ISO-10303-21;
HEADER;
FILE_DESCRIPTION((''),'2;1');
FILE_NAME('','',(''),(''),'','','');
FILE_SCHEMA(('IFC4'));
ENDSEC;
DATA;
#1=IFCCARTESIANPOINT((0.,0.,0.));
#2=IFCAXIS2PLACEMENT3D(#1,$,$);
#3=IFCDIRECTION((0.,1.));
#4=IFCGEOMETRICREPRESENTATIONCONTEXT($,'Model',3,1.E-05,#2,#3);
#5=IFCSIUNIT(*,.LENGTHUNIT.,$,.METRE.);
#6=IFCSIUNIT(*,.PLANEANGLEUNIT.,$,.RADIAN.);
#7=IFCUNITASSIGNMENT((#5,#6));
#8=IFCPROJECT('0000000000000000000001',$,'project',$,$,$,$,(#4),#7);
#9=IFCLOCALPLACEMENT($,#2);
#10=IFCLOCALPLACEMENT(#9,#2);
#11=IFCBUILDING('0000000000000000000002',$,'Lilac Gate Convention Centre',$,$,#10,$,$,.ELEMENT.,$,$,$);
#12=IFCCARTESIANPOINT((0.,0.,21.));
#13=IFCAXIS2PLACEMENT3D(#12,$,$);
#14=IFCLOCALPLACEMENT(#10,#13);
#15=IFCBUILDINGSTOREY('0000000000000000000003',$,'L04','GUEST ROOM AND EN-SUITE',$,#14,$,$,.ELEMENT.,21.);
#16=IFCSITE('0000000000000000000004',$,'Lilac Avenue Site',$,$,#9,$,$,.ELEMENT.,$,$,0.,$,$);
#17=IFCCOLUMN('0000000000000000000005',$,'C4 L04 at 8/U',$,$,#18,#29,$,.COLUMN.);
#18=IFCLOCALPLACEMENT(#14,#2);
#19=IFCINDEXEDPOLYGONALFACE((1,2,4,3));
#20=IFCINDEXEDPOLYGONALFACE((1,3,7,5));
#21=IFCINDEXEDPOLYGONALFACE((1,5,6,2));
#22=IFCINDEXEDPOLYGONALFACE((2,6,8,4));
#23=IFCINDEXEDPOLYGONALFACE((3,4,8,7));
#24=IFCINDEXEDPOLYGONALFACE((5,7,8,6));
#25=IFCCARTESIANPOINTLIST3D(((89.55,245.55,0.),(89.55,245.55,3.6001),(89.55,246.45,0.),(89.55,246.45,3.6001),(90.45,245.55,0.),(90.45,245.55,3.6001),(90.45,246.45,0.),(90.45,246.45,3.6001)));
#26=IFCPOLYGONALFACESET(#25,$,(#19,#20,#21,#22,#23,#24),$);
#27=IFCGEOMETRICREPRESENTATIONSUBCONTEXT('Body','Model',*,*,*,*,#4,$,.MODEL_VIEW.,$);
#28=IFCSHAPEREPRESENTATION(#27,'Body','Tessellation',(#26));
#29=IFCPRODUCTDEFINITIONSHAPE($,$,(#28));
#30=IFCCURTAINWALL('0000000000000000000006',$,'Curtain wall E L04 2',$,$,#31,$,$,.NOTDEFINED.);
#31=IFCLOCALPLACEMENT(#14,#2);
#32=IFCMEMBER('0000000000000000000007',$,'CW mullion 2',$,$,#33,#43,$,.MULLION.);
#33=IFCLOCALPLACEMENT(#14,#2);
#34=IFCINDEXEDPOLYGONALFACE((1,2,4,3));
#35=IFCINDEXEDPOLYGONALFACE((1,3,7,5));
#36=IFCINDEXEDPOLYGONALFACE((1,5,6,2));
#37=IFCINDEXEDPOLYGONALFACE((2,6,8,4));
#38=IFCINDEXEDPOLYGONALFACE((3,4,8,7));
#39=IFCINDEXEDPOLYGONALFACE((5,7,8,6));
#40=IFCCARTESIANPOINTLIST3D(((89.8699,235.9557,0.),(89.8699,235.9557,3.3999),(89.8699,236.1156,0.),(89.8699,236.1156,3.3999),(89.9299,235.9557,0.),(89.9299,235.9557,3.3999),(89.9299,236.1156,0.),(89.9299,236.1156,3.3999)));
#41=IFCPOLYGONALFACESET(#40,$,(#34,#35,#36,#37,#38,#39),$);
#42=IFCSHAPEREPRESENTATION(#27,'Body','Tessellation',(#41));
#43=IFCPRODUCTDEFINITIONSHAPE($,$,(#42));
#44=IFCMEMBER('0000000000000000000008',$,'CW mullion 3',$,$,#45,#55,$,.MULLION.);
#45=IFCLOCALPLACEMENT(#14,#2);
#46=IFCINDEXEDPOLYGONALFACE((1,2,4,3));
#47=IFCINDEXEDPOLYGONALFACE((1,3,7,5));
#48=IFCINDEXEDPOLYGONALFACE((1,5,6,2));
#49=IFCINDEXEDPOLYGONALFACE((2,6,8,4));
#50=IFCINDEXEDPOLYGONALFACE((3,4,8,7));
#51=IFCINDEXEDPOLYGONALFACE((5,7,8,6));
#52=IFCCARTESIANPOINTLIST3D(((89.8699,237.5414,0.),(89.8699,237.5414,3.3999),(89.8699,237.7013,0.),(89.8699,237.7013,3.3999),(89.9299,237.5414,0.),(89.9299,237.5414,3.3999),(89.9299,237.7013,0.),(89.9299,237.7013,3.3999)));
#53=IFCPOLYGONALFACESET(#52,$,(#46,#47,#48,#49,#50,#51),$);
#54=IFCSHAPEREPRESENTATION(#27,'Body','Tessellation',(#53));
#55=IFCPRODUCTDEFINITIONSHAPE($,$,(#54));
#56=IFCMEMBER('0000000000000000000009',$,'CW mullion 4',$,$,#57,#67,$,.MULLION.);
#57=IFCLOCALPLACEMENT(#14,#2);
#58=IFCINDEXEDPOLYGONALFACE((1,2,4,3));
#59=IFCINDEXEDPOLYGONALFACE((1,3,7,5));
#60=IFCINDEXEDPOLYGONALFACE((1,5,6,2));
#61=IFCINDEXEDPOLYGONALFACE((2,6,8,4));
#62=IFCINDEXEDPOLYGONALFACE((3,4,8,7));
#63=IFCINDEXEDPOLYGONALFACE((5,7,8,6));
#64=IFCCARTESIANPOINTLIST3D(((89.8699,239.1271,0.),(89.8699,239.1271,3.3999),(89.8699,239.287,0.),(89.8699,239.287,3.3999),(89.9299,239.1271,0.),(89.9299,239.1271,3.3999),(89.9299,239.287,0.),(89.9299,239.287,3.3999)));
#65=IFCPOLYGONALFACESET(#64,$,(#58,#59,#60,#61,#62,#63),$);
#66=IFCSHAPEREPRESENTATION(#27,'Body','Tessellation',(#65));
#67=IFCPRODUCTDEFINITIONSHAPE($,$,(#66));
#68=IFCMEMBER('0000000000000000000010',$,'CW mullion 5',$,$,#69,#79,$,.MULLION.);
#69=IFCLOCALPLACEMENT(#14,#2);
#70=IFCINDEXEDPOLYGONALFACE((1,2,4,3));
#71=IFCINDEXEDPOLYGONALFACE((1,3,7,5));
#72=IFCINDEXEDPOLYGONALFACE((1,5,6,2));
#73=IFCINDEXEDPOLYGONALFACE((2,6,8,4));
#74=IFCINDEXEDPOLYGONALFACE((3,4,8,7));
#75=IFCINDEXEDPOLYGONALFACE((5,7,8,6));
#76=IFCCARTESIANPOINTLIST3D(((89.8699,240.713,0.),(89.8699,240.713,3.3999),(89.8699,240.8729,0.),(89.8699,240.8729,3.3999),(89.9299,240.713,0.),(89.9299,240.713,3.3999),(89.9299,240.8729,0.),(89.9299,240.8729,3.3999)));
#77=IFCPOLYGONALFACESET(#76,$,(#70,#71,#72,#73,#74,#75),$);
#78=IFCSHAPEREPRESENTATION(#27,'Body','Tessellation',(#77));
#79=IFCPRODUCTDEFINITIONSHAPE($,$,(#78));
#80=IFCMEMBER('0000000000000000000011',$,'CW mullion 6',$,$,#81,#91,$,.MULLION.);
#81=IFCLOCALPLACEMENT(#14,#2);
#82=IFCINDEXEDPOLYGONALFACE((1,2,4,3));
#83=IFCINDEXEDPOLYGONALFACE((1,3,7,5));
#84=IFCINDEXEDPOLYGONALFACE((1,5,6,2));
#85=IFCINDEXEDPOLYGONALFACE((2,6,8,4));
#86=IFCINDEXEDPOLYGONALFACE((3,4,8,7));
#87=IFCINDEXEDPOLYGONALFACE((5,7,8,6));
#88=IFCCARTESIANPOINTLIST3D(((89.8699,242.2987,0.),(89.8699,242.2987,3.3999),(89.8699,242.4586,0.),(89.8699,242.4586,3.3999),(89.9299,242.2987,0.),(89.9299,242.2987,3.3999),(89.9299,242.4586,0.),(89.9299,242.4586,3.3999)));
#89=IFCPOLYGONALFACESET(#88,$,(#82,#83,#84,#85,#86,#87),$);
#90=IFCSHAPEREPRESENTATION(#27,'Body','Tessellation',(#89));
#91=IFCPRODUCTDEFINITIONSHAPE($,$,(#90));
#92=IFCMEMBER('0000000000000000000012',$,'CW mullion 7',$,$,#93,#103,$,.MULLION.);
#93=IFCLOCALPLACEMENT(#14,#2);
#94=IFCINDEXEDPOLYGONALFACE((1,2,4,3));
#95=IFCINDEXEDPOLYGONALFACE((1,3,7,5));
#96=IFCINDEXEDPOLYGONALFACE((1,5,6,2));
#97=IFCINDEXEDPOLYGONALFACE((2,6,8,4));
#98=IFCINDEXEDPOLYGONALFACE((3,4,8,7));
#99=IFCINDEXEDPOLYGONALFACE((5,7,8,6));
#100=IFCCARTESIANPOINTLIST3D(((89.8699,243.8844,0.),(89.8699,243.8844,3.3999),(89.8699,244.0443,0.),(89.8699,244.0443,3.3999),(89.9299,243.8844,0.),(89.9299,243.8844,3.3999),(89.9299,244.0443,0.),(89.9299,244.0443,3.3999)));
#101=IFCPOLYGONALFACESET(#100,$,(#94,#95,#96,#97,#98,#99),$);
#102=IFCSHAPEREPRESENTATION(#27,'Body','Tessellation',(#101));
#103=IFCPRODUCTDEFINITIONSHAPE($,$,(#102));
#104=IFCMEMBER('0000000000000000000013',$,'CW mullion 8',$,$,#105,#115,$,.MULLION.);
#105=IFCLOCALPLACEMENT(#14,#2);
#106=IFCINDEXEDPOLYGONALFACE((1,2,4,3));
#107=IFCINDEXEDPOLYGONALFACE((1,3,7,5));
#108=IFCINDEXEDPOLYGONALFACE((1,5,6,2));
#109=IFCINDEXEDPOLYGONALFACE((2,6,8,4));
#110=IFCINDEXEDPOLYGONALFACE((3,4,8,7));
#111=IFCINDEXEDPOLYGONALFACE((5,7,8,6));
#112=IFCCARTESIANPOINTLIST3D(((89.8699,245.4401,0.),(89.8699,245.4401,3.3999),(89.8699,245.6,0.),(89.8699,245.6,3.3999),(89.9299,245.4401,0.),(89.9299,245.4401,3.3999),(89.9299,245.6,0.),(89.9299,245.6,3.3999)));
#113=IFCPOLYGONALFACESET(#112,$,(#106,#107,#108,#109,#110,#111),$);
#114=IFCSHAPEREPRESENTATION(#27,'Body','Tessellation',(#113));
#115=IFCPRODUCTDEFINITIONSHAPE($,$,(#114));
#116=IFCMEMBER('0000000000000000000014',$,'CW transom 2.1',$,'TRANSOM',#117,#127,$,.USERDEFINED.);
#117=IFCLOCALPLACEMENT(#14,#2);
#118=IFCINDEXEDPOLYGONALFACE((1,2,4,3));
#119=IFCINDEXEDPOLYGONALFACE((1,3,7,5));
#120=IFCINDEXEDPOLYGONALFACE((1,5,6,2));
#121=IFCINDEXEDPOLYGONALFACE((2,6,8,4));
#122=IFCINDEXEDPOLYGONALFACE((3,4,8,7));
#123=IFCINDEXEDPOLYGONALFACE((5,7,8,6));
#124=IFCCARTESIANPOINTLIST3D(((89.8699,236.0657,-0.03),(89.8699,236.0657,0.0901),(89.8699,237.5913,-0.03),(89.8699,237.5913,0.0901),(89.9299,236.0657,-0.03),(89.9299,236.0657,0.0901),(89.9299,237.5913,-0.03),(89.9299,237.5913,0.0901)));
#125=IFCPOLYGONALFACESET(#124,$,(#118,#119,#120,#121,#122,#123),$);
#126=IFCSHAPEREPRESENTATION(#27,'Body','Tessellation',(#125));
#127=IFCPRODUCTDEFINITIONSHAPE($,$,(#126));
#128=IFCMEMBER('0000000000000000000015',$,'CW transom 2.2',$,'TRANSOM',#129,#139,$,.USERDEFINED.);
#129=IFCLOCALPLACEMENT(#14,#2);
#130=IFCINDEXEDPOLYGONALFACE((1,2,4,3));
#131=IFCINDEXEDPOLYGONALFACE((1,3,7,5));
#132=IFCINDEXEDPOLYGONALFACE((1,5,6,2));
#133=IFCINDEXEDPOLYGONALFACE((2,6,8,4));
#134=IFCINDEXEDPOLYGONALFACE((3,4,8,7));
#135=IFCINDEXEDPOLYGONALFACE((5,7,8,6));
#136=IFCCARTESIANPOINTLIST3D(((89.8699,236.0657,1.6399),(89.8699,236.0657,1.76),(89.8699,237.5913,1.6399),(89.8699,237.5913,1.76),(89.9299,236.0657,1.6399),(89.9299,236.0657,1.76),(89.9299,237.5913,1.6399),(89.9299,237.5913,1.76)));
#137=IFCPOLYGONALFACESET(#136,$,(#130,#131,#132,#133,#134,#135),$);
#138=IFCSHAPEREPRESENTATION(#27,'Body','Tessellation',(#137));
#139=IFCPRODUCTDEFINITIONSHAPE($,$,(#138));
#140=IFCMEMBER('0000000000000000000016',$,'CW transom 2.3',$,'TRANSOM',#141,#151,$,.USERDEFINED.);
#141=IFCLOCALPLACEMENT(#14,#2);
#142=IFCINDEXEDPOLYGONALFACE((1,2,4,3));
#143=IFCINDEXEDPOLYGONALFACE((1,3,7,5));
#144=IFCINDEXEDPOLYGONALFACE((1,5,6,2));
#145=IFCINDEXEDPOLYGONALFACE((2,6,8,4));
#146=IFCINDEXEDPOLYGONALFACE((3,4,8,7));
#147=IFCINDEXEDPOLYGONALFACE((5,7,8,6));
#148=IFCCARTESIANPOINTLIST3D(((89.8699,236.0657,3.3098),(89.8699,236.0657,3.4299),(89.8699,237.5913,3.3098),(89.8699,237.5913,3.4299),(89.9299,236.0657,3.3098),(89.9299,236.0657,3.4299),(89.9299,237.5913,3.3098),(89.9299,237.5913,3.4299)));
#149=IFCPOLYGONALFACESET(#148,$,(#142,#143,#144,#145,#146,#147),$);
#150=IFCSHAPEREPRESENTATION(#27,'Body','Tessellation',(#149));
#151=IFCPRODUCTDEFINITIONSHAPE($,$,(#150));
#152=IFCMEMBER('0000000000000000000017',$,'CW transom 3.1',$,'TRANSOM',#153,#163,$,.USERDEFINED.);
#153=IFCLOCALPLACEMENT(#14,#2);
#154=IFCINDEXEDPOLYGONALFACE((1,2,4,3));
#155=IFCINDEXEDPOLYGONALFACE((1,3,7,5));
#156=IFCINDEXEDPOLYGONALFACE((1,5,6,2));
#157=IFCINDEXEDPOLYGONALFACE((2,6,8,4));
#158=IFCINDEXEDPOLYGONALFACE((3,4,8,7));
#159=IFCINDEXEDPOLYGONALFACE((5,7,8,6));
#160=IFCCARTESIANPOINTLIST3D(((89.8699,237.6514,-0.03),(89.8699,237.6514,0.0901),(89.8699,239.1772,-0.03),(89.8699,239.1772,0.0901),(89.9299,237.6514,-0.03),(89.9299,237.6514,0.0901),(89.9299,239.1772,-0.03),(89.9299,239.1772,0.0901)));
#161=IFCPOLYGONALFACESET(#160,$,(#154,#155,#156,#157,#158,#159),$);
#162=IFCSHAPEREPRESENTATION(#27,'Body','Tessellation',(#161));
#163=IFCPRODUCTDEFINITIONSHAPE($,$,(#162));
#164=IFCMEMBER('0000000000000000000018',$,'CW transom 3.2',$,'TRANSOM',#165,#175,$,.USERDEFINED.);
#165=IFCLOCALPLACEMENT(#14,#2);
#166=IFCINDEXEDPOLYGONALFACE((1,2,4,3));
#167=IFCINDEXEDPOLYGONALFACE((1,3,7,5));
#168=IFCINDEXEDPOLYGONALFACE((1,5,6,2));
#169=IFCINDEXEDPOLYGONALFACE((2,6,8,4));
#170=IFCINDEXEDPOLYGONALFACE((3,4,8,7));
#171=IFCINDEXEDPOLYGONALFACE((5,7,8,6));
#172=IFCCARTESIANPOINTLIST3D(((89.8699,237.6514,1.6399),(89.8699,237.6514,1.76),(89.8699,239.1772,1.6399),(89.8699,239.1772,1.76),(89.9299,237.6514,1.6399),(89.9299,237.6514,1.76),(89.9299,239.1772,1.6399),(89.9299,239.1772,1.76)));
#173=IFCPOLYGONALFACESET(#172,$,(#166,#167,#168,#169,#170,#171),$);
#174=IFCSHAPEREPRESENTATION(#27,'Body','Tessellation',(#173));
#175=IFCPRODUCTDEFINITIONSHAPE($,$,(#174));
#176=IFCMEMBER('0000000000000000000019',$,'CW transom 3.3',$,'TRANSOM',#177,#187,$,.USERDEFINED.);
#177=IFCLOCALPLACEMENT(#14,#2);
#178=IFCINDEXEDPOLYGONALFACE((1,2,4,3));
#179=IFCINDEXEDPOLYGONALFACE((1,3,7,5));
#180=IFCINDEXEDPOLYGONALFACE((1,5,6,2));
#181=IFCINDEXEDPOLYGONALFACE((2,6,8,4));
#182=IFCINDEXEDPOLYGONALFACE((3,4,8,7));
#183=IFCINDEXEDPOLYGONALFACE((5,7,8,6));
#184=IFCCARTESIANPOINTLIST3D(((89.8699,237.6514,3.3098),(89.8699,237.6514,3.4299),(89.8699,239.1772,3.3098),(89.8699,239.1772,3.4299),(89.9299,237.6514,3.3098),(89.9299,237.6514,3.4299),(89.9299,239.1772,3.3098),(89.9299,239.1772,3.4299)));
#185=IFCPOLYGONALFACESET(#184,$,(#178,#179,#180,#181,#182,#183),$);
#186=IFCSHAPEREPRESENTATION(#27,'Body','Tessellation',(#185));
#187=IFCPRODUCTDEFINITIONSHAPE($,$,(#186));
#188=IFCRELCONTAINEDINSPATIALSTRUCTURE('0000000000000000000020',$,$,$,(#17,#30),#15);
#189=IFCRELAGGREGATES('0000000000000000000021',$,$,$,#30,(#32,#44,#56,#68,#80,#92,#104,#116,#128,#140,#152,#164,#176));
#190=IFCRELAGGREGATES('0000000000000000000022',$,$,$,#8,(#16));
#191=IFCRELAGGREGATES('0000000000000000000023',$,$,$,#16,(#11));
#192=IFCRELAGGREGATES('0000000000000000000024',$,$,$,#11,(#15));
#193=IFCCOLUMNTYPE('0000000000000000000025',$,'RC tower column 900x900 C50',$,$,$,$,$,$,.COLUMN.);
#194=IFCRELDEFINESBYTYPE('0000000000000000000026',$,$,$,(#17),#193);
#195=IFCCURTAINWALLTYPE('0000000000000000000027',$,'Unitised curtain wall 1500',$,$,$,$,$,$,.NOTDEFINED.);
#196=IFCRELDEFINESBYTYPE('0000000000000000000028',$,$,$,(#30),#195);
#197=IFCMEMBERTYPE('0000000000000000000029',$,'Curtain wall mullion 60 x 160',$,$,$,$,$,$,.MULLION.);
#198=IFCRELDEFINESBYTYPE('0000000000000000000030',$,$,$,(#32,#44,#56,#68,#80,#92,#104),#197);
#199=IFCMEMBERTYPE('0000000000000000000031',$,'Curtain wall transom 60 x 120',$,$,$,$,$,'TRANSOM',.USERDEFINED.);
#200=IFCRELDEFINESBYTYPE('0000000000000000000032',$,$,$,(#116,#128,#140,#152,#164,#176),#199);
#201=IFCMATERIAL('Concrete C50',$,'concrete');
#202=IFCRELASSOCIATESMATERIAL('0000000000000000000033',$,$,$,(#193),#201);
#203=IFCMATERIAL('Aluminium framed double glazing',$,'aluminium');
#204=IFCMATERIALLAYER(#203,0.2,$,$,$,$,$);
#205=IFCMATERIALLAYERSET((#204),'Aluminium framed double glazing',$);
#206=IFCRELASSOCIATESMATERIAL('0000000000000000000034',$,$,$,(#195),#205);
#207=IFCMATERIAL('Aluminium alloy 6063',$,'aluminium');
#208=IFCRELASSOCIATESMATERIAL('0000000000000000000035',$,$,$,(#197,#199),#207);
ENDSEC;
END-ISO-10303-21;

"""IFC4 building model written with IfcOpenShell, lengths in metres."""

from ifc_helpers import new_model, si_unit, direction, frame, origin, origin_2d, place, context, subcontext, project, spatial, rectangle, extrude, material, layer, layer_set, material_profile, profile_set, type_object, element, aggregate, save


model = new_model("IFC4")

# Units and contexts
model_context = context("Model", 3, precision=1e-05, world=origin(), true_north=direction((0.0, 1.0)))
body_context = subcontext(model_context, "Body", "Model", "MODEL_VIEW")
ifc_project = project(units=[si_unit("LENGTHUNIT", "METRE"), si_unit("PLANEANGLEUNIT", "RADIAN")], contexts=[model_context])

# Site, building, storey
site_placement = place(None, origin())
site = spatial("IfcSite", under=ifc_project, at=site_placement, Name="Lilac Avenue Site", CompositionType="ELEMENT", RefElevation=0.0)
building_placement = place(site_placement, origin())
building = spatial("IfcBuilding", under=site, at=building_placement, Name="Lilac Gate Convention Centre", CompositionType="ELEMENT")
storey_placement = place(building_placement, frame((0.0, 0.0, 21.0)))
storey = spatial("IfcBuildingStorey", under=building, at=storey_placement, Name="L04", Description="GUEST ROOM AND EN-SUITE", CompositionType="ELEMENT", Elevation=21.0)

# Column
ifc_material_1 = material(Name="Concrete C50", Category="concrete")
ifc_material_profile_1 = material_profile(ifc_material_1, rectangle(XDim=0.8999, YDim=0.8999, at=origin_2d()), Name="RC 900x900")
ifc_profile_set_1 = profile_set([ifc_material_profile_1], Name="Concrete C50")
column_type = type_object("IfcColumnType", Name="RC tower column 900x900 C50", PredefinedType="COLUMN", material=ifc_profile_set_1)
column_placement = place(storey_placement, frame((90.0, 246.0, 0.0), z_axis=(0.0, 0.0, 1.0), x_axis=(1.0, 0.0, 0.0)))
element("IfcColumn", 1, at=column_placement, inside=storey, type_object=column_type, Name="C4 L04 at 8/U", PredefinedType="COLUMN", context=body_context, shape_type="SweptSolid", body=[
    extrude(rectangle(XDim=0.8999, YDim=0.8999, at=origin_2d()), origin(), (0.0, 0.0, 1.0), 3.6001),
])

# Curtain wall, members
ifc_material_2 = material(Name="Aluminium framed double glazing", Category="aluminium")
ifc_layer_1 = layer(ifc_material_2, 0.2)
ifc_layer_set_1 = layer_set([ifc_layer_1], Name="Aluminium framed double glazing")
curtain_wall_type = type_object("IfcCurtainWallType", Name="Unitised curtain wall 1500", PredefinedType="NOTDEFINED", material=ifc_layer_set_1)
curtain_wall_placement = place(storey_placement, origin())
curtain_wall = element("IfcCurtainWall", 2, at=curtain_wall_placement, inside=storey, type_object=curtain_wall_type, Name="Curtain wall E L04 2", PredefinedType="NOTDEFINED")
ifc_material_3 = material(Name="Aluminium alloy 6063", Category="aluminium")
ifc_material_profile_2 = material_profile(ifc_material_3, rectangle(XDim=0.0601, YDim=0.1599, at=origin_2d()), Name="Curtain wall mullion 60 x 160")
ifc_profile_set_2 = profile_set([ifc_material_profile_2], Name="Aluminium alloy 6063")
member_type_1 = type_object("IfcMemberType", Name="Curtain wall mullion 60 x 160", PredefinedType="MULLION", material=ifc_profile_set_2)
member_1_placement = place(storey_placement, frame((89.8999, 236.0356, 0.0), z_axis=(0.0, 0.0, 1.0), x_axis=(-1.0, 0.0, 0.0)))
member_1 = element("IfcMember", 3, at=member_1_placement, type_object=member_type_1, Name="CW mullion 2", PredefinedType="MULLION", context=body_context, shape_type="SweptSolid", body=[
    extrude(rectangle(XDim=0.0601, YDim=0.1599, at=origin_2d()), origin(), (0.0, 0.0, 1.0), 3.3999),
])
member_2_placement = place(storey_placement, frame((89.8999, 237.6213, 0.0), z_axis=(0.0, 0.0, 1.0), x_axis=(-1.0, 0.0, 0.0)))
member_2 = element("IfcMember", 4, at=member_2_placement, type_object=member_type_1, Name="CW mullion 3", PredefinedType="MULLION", context=body_context, shape_type="SweptSolid", body=[
    extrude(rectangle(XDim=0.0601, YDim=0.1599, at=origin_2d()), origin(), (0.0, 0.0, 1.0), 3.3999),
])
member_3_placement = place(storey_placement, frame((89.8999, 239.207, 0.0), z_axis=(0.0, 0.0, 1.0), x_axis=(-1.0, 0.0, 0.0)))
member_3 = element("IfcMember", 5, at=member_3_placement, type_object=member_type_1, Name="CW mullion 4", PredefinedType="MULLION", context=body_context, shape_type="SweptSolid", body=[
    extrude(rectangle(XDim=0.0601, YDim=0.1599, at=origin_2d()), origin(), (0.0, 0.0, 1.0), 3.3999),
])
member_4_placement = place(storey_placement, frame((89.8999, 240.793, 0.0), z_axis=(0.0, 0.0, 1.0), x_axis=(-1.0, 0.0, 0.0)))
member_4 = element("IfcMember", 6, at=member_4_placement, type_object=member_type_1, Name="CW mullion 5", PredefinedType="MULLION", context=body_context, shape_type="SweptSolid", body=[
    extrude(rectangle(XDim=0.0601, YDim=0.1599, at=origin_2d()), origin(), (0.0, 0.0, 1.0), 3.3999),
])
member_5_placement = place(storey_placement, frame((89.8999, 242.3787, 0.0), z_axis=(0.0, 0.0, 1.0), x_axis=(-1.0, 0.0, 0.0)))
member_5 = element("IfcMember", 7, at=member_5_placement, type_object=member_type_1, Name="CW mullion 6", PredefinedType="MULLION", context=body_context, shape_type="SweptSolid", body=[
    extrude(rectangle(XDim=0.0601, YDim=0.1599, at=origin_2d()), origin(), (0.0, 0.0, 1.0), 3.3999),
])
member_6_placement = place(storey_placement, frame((89.8999, 243.9644, 0.0), z_axis=(0.0, 0.0, 1.0), x_axis=(-1.0, 0.0, 0.0)))
member_6 = element("IfcMember", 8, at=member_6_placement, type_object=member_type_1, Name="CW mullion 7", PredefinedType="MULLION", context=body_context, shape_type="SweptSolid", body=[
    extrude(rectangle(XDim=0.0601, YDim=0.1599, at=origin_2d()), origin(), (0.0, 0.0, 1.0), 3.3999),
])
member_7_placement = place(storey_placement, frame((89.8999, 245.52, 0.0), z_axis=(0.0, 0.0, 1.0), x_axis=(-1.0, 0.0, 0.0)))
member_7 = element("IfcMember", 9, at=member_7_placement, type_object=member_type_1, Name="CW mullion 8", PredefinedType="MULLION", context=body_context, shape_type="SweptSolid", body=[
    extrude(rectangle(XDim=0.0601, YDim=0.1599, at=origin_2d()), origin(), (0.0, 0.0, 1.0), 3.3999),
])
ifc_material_profile_3 = material_profile(ifc_material_3, rectangle(XDim=0.0601, YDim=0.1201, at=origin_2d()), Name="Curtain wall transom 60 x 120")
ifc_profile_set_3 = profile_set([ifc_material_profile_3], Name="Aluminium alloy 6063")
member_type_2 = type_object("IfcMemberType", Name="Curtain wall transom 60 x 120", ElementType="TRANSOM", PredefinedType="USERDEFINED", material=ifc_profile_set_3)
member_8_placement = place(storey_placement, frame((89.8999, 236.0657, 0.03), z_axis=(0.0, 1.0, 0.0), x_axis=(-1.0, 0.0, 0.0)))
member_8 = element("IfcMember", 10, at=member_8_placement, type_object=member_type_2, Name="CW transom 2.1", ObjectType="TRANSOM", PredefinedType="USERDEFINED", context=body_context, shape_type="SweptSolid", body=[
    extrude(rectangle(XDim=0.0601, YDim=0.1201, at=origin_2d()), origin(), (0.0, 0.0, 1.0), 1.5256),
])
member_9_placement = place(storey_placement, frame((89.8999, 236.0657, 1.7), z_axis=(0.0, 1.0, 0.0), x_axis=(-1.0, 0.0, 0.0)))
member_9 = element("IfcMember", 11, at=member_9_placement, type_object=member_type_2, Name="CW transom 2.2", ObjectType="TRANSOM", PredefinedType="USERDEFINED", context=body_context, shape_type="SweptSolid", body=[
    extrude(rectangle(XDim=0.0601, YDim=0.1201, at=origin_2d()), origin(), (0.0, 0.0, 1.0), 1.5256),
])
member_10_placement = place(storey_placement, frame((89.8999, 236.0657, 3.3699), z_axis=(0.0, 1.0, 0.0), x_axis=(-1.0, 0.0, 0.0)))
member_10 = element("IfcMember", 12, at=member_10_placement, type_object=member_type_2, Name="CW transom 2.3", ObjectType="TRANSOM", PredefinedType="USERDEFINED", context=body_context, shape_type="SweptSolid", body=[
    extrude(rectangle(XDim=0.0601, YDim=0.1201, at=origin_2d()), origin(), (0.0, 0.0, 1.0), 1.5256),
])
member_11_placement = place(storey_placement, frame((89.8999, 237.6514, 0.03), z_axis=(0.0, 1.0, 0.0), x_axis=(-1.0, 0.0, 0.0)))
member_11 = element("IfcMember", 13, at=member_11_placement, type_object=member_type_2, Name="CW transom 3.1", ObjectType="TRANSOM", PredefinedType="USERDEFINED", context=body_context, shape_type="SweptSolid", body=[
    extrude(rectangle(XDim=0.0601, YDim=0.1201, at=origin_2d()), origin(), (0.0, 0.0, 1.0), 1.5259),
])
member_12_placement = place(storey_placement, frame((89.8999, 237.6514, 1.7), z_axis=(0.0, 1.0, 0.0), x_axis=(-1.0, 0.0, 0.0)))
member_12 = element("IfcMember", 14, at=member_12_placement, type_object=member_type_2, Name="CW transom 3.2", ObjectType="TRANSOM", PredefinedType="USERDEFINED", context=body_context, shape_type="SweptSolid", body=[
    extrude(rectangle(XDim=0.0601, YDim=0.1201, at=origin_2d()), origin(), (0.0, 0.0, 1.0), 1.5259),
])
member_13_placement = place(storey_placement, frame((89.8999, 237.6514, 3.3699), z_axis=(0.0, 1.0, 0.0), x_axis=(-1.0, 0.0, 0.0)))
member_13 = element("IfcMember", 15, at=member_13_placement, type_object=member_type_2, Name="CW transom 3.3", ObjectType="TRANSOM", PredefinedType="USERDEFINED", context=body_context, shape_type="SweptSolid", body=[
    extrude(rectangle(XDim=0.0601, YDim=0.1201, at=origin_2d()), origin(), (0.0, 0.0, 1.0), 1.5259),
])
aggregate(curtain_wall, [member_1, member_2, member_3, member_4, member_5, member_6, member_7, member_8, member_9, member_10, member_11, member_12, member_13])

save(model, "model.ifc")
